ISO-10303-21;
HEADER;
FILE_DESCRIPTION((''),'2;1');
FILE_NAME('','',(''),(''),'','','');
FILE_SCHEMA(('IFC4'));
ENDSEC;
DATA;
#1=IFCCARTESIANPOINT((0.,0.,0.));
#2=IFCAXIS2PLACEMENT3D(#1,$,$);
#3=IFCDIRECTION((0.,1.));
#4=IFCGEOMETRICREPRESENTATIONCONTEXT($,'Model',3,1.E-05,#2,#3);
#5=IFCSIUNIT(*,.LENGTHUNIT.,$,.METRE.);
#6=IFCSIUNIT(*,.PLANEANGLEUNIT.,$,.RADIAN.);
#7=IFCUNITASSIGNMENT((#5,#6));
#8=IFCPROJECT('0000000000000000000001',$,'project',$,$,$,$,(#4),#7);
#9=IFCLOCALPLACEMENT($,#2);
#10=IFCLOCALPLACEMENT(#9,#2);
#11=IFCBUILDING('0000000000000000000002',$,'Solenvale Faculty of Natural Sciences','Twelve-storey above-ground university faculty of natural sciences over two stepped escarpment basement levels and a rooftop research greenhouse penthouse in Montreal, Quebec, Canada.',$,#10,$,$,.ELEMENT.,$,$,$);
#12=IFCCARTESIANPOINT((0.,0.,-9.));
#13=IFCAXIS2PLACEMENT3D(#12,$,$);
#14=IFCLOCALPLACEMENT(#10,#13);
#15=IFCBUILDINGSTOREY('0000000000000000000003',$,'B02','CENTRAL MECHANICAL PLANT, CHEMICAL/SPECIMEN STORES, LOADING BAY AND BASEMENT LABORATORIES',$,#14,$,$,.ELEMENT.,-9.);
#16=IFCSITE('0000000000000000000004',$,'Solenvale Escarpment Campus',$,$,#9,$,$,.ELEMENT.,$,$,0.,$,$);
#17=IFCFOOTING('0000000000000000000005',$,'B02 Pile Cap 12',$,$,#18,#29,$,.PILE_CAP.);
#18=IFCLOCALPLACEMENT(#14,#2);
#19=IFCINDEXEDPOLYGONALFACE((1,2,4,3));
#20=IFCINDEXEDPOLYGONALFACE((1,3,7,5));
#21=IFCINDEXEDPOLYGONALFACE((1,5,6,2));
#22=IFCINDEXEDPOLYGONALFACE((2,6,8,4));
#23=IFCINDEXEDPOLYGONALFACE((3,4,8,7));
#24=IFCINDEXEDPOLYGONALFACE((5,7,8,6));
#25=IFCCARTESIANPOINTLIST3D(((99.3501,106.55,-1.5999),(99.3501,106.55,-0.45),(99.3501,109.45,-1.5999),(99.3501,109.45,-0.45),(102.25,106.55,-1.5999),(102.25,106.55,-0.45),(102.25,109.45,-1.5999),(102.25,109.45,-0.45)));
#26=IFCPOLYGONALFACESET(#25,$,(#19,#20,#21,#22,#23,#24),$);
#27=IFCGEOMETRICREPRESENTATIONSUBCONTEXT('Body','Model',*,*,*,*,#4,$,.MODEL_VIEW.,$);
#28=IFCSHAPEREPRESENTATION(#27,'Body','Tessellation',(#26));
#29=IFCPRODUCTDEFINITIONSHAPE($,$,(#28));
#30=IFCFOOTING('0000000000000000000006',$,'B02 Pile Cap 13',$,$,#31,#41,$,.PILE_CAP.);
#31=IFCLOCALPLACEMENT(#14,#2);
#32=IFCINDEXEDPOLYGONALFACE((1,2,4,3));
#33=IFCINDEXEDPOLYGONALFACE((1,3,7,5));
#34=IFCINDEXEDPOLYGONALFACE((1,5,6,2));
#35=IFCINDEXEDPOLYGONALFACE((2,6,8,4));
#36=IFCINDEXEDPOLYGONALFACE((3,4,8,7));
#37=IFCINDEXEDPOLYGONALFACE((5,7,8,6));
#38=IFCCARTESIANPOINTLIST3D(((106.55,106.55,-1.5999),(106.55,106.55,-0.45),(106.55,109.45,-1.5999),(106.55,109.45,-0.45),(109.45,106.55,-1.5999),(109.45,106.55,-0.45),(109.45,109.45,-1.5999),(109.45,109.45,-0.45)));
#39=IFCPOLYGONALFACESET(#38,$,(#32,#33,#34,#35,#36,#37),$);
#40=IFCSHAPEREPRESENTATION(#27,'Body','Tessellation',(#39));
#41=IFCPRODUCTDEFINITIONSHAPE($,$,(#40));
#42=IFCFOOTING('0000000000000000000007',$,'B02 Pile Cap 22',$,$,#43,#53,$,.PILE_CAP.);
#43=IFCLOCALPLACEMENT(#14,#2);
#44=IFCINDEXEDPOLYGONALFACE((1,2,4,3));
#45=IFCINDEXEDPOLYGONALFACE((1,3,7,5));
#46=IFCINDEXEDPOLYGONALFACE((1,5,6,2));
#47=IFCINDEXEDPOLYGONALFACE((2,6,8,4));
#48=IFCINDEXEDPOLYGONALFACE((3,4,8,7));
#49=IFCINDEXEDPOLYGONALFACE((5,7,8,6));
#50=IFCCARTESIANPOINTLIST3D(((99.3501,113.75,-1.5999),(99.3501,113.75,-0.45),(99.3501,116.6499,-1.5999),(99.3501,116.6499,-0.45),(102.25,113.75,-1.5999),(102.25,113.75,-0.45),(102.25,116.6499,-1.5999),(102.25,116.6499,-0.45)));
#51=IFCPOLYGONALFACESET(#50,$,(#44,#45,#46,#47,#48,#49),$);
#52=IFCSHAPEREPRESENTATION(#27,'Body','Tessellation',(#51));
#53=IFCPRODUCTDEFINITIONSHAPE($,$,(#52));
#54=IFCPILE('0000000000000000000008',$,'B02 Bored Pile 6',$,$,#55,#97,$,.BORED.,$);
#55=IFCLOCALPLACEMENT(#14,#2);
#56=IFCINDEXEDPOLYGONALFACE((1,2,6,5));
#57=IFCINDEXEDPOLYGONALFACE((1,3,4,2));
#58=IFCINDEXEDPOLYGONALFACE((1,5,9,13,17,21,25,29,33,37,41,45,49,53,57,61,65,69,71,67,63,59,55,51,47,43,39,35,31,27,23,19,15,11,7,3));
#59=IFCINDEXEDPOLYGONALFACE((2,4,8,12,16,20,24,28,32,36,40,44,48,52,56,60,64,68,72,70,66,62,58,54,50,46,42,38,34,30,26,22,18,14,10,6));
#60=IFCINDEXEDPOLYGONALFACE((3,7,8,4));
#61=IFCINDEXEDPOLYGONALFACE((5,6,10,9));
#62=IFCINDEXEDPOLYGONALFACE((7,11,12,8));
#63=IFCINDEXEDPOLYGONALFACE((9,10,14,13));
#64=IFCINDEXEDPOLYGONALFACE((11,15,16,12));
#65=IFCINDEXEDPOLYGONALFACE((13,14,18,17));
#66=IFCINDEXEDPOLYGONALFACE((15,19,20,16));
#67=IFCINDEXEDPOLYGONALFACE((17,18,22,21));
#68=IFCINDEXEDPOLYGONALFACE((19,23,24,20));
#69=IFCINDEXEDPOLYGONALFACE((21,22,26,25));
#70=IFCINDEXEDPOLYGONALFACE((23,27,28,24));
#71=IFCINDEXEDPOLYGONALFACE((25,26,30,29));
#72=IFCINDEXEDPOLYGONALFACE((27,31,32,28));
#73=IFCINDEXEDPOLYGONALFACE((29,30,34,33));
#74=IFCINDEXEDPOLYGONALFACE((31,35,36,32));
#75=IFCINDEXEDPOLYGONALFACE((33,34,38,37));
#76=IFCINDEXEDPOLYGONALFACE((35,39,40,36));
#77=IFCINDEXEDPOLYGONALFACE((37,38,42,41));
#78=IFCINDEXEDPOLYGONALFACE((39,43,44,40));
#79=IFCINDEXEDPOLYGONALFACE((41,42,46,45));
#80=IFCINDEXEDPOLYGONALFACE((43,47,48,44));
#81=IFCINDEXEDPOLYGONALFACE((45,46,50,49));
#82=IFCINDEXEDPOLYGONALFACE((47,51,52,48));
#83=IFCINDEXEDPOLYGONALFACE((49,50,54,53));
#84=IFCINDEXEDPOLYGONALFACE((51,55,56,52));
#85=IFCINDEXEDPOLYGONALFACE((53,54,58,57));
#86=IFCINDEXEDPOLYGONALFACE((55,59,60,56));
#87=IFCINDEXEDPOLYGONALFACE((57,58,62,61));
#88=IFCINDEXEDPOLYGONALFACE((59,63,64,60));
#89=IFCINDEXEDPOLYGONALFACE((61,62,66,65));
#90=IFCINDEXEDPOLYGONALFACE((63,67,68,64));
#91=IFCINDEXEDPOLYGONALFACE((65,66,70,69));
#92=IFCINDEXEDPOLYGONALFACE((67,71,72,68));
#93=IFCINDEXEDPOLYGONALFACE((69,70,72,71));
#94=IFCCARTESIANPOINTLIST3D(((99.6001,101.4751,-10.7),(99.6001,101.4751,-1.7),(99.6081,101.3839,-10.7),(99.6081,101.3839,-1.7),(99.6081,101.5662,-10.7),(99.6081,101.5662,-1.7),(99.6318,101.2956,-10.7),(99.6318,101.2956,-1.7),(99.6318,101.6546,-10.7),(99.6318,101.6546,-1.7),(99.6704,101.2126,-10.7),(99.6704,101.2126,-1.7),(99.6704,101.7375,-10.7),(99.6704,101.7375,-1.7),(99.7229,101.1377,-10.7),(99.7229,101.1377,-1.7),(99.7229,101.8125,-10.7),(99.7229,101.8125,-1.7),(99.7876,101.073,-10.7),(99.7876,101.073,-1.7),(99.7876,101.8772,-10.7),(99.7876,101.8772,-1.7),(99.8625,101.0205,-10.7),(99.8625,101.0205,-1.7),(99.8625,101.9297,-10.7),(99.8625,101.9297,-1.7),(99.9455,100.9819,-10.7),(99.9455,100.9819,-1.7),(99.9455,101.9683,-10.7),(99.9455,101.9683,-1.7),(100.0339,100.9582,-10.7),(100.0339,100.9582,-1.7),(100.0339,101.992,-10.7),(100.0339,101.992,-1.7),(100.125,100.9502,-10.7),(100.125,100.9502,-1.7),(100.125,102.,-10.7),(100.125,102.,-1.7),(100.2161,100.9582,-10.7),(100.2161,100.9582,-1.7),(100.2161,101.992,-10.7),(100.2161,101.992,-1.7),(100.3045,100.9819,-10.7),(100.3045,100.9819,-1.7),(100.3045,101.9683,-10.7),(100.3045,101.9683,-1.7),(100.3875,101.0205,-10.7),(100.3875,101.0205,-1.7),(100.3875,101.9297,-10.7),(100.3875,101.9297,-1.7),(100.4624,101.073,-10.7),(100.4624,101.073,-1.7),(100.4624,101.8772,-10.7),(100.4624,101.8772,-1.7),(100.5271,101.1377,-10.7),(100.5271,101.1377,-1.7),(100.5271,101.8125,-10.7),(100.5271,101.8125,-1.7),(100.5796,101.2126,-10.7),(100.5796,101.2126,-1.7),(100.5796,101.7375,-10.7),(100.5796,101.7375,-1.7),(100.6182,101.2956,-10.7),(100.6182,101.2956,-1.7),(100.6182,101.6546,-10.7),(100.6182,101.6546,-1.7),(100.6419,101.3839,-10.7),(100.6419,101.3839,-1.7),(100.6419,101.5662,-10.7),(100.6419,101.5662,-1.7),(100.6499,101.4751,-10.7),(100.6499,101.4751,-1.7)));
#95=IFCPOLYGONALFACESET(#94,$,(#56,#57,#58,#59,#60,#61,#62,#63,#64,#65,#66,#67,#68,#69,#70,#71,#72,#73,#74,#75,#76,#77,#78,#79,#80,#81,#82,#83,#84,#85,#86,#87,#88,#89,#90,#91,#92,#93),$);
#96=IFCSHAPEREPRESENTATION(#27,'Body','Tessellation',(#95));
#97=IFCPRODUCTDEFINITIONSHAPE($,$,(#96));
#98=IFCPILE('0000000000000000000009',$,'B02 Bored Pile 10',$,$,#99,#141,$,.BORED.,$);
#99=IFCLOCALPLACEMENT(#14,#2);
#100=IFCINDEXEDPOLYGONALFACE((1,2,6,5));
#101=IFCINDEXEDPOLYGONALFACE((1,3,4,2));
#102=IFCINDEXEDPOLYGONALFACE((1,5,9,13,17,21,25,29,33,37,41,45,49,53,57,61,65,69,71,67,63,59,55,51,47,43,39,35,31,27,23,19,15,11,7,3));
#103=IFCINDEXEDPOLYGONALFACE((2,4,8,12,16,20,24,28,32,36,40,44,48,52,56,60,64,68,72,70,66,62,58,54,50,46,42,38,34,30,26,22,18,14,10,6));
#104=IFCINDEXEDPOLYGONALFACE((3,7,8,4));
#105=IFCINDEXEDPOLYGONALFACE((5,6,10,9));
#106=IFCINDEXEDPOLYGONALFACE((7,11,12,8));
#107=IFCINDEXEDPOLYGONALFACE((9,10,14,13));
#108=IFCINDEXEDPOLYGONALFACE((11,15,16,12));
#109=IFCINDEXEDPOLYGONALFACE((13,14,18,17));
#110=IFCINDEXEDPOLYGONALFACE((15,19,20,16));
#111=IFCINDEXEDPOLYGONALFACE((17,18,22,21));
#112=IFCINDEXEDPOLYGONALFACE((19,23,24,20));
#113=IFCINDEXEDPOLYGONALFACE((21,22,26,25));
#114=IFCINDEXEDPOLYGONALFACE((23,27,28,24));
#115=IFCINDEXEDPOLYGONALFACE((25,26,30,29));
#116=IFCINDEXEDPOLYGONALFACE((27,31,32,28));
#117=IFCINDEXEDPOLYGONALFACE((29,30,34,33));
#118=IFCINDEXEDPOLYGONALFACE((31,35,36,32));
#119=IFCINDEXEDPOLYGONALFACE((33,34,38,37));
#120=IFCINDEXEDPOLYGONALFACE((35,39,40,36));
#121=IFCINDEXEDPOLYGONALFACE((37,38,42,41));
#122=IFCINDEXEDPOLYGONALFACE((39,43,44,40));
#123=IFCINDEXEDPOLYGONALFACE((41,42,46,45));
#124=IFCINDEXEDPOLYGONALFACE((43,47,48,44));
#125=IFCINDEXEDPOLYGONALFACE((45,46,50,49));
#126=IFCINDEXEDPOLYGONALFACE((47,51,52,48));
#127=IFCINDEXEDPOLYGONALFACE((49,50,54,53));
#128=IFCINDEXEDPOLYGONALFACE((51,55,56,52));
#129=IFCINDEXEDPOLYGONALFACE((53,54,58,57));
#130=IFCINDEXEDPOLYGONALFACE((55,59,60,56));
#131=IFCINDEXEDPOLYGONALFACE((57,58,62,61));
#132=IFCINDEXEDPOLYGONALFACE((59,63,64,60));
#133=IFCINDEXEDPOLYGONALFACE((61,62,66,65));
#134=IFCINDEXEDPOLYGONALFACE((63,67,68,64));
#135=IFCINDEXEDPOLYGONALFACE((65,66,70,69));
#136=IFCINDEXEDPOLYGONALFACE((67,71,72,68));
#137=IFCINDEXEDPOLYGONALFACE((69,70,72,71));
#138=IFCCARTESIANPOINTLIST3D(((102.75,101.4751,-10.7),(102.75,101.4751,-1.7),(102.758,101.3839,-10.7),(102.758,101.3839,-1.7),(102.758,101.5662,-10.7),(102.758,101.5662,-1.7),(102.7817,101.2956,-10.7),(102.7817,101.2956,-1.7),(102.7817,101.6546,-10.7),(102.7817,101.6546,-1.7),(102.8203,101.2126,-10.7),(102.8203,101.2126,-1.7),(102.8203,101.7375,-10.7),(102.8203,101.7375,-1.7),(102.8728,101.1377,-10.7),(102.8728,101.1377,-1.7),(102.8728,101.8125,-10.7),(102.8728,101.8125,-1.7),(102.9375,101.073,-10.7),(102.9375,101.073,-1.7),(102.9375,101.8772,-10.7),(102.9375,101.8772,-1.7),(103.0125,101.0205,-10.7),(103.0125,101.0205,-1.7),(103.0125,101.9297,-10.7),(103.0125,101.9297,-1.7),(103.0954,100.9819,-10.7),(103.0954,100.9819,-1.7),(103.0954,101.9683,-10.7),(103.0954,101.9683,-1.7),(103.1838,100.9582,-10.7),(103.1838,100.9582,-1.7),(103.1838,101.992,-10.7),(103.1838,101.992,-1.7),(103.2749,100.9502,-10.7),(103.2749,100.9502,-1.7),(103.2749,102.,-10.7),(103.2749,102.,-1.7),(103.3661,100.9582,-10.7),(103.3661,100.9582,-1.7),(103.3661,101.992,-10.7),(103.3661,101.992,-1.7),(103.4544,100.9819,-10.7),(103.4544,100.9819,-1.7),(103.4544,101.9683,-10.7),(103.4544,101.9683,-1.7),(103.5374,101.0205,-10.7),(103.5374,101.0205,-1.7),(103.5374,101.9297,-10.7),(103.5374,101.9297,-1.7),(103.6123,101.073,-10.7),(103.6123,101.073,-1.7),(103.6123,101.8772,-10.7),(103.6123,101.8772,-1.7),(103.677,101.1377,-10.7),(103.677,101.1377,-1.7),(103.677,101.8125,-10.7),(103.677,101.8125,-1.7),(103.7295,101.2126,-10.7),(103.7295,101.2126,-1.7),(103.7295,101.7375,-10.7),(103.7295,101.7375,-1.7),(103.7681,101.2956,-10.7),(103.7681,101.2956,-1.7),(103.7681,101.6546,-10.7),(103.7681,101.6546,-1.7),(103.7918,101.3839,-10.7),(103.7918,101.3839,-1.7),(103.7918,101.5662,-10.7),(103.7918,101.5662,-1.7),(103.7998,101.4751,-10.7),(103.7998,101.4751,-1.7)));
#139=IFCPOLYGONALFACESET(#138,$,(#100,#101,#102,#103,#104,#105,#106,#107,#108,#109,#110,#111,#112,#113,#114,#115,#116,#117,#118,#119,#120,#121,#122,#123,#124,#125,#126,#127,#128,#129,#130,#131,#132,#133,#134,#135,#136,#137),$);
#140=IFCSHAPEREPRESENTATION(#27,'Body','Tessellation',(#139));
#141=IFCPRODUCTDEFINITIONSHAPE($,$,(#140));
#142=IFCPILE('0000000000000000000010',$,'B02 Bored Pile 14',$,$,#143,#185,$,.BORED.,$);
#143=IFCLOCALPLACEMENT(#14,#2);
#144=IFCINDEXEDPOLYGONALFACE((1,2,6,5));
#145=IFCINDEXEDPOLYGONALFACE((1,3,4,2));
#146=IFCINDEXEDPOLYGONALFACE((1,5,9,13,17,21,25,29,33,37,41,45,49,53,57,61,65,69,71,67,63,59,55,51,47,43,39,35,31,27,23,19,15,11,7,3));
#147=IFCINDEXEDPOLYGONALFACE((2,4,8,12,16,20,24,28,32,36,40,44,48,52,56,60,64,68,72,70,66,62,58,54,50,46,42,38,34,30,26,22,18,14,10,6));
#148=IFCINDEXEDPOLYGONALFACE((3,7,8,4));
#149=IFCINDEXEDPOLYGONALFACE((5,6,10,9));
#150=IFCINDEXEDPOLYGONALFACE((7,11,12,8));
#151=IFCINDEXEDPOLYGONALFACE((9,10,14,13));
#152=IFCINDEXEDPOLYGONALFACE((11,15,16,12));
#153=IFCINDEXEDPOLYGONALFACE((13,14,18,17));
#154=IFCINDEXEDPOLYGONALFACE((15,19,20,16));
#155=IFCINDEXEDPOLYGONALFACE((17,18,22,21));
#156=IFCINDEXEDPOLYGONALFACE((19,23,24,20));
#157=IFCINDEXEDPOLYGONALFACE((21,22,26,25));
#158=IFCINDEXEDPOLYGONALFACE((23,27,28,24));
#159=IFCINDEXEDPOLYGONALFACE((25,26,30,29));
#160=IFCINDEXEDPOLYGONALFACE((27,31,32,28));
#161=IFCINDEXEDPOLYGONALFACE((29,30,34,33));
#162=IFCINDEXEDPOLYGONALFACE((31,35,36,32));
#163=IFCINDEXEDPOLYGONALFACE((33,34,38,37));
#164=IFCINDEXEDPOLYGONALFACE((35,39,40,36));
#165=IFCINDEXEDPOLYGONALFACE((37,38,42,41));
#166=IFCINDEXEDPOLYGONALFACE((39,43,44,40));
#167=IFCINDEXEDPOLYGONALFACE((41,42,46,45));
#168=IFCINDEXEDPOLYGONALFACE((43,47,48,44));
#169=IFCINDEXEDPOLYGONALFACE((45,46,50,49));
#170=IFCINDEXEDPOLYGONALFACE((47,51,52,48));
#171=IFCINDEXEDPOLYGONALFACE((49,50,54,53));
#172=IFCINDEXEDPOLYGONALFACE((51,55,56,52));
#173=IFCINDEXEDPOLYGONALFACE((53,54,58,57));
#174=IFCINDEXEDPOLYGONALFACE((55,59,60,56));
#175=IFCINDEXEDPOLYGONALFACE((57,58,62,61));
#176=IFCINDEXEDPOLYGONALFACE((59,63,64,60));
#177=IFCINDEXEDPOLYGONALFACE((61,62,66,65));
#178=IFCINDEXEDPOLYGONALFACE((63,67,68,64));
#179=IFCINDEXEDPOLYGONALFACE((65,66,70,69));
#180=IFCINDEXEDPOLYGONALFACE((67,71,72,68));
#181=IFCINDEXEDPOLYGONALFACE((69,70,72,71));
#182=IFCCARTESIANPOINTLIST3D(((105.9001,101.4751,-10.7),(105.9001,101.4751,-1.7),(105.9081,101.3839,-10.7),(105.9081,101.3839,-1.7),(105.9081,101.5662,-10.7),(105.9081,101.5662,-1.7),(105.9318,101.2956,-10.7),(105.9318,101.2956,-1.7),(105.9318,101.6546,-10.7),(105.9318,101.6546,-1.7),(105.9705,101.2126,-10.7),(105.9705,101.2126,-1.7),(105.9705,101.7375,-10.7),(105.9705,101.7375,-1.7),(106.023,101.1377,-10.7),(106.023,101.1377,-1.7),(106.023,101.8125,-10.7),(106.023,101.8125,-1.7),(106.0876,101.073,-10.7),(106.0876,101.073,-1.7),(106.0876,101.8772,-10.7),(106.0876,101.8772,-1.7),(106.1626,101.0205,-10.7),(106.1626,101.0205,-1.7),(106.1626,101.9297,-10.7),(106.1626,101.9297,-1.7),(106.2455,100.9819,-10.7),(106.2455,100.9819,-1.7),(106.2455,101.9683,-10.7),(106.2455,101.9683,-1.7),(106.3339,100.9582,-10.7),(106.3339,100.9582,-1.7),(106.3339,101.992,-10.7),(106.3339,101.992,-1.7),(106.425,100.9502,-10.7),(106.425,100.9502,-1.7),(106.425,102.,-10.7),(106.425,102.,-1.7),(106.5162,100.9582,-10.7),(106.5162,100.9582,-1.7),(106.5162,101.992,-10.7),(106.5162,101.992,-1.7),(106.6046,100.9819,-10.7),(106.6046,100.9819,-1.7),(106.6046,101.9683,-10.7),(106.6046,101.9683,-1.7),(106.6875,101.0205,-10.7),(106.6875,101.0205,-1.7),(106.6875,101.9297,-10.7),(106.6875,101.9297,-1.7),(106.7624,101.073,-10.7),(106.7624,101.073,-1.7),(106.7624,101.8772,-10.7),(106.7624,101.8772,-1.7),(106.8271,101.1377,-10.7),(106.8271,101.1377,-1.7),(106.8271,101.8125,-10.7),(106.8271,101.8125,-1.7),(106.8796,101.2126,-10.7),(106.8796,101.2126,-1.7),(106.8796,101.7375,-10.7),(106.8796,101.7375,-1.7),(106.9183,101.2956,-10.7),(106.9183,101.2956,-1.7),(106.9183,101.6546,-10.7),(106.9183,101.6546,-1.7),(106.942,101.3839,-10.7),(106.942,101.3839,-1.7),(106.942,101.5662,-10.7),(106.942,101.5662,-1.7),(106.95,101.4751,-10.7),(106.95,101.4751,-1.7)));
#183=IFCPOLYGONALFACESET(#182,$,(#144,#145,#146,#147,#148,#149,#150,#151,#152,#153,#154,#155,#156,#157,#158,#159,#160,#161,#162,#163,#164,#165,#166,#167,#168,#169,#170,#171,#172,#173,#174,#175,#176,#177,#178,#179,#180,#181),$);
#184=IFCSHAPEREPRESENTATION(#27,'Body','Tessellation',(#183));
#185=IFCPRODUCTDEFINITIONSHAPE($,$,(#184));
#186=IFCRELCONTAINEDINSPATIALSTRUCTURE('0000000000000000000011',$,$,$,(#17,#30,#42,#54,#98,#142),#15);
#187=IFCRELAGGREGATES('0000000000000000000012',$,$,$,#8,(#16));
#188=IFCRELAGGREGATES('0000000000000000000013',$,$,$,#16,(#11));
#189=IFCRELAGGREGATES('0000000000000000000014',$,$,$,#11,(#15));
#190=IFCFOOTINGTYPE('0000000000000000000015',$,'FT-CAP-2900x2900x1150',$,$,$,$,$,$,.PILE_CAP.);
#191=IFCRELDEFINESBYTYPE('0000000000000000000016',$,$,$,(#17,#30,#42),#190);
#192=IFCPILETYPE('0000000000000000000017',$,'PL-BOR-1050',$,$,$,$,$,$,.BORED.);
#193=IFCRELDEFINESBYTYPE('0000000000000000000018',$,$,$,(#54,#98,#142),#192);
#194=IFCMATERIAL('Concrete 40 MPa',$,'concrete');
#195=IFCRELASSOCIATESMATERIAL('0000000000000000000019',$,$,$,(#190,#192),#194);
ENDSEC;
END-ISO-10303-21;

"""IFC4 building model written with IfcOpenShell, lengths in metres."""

from ifc_helpers import new_model, si_unit, direction, frame, origin, origin_2d, place, context, subcontext, project, spatial, rectangle, circle, extrude, material, material_profile, profile_set, type_object, element, save


model = new_model("IFC4")

# Units and contexts
model_context = context("Model", 3, precision=1e-05, world=origin(), true_north=direction((0.0, 1.0)))
body_context = subcontext(model_context, "Body", "Model", "MODEL_VIEW")
ifc_project = project(units=[si_unit("LENGTHUNIT", "METRE"), si_unit("PLANEANGLEUNIT", "RADIAN")], contexts=[model_context])

# Site, building, storey
site_placement = place(None, origin())
site = spatial("IfcSite", under=ifc_project, at=site_placement, Name="Solenvale Escarpment Campus", CompositionType="ELEMENT", RefElevation=0.0)
building_placement = place(site_placement, origin())
building = spatial("IfcBuilding", under=site, at=building_placement, Name="Solenvale Faculty of Natural Sciences", Description="Twelve-storey above-ground university faculty of natural sciences over two stepped escarpment basement levels and a rooftop research greenhouse penthouse in Montreal, Quebec, Canada.", CompositionType="ELEMENT")
storey_placement = place(building_placement, frame((0.0, 0.0, -9.0)))
storey = spatial("IfcBuildingStorey", under=building, at=storey_placement, Name="B02", Description="CENTRAL MECHANICAL PLANT, CHEMICAL/SPECIMEN STORES, LOADING BAY AND BASEMENT LABORATORIES", CompositionType="ELEMENT", Elevation=-9.0)

# Footings
ifc_material_1 = material(Name="Concrete 40 MPa", Category="concrete")
footing_type = type_object("IfcFootingType", Name="FT-CAP-2900x2900x1150", PredefinedType="PILE_CAP", material=ifc_material_1)
for number, where, z_axis, x_axis, name in (
    (1, (100.8, 108.0, -1.5999), (0.0, 0.0, 1.0), (1.0, 0.0, 0.0), "B02 Pile Cap 12"),
    (2, (108.0, 108.0, -1.5999), (0.0, 0.0, 1.0), (1.0, 0.0, 0.0), "B02 Pile Cap 13"),
    (3, (100.8, 115.2, -1.5999), (0.0, 0.0, 1.0), (1.0, 0.0, 0.0), "B02 Pile Cap 22"),
):
    element("IfcFooting", number, at=place(storey_placement, frame(where, z_axis=z_axis, x_axis=x_axis)), inside=storey, type_object=footing_type, Name=name, PredefinedType="PILE_CAP", context=body_context, shape_type="SweptSolid", body=[
        extrude(rectangle(XDim=2.8999, YDim=2.8999, at=origin_2d()), origin(), (0.0, 0.0, 1.0), 1.1499),
    ])

# Piles
ifc_material_profile_1 = material_profile(ifc_material_1, circle(Radius=0.5249, at=origin_2d()), Name="PILE-D1050")
ifc_profile_set_1 = profile_set([ifc_material_profile_1], Name="Concrete 40 MPa")
pile_type_1 = type_object("IfcPileType", Name="PL-BOR-1050", PredefinedType="BORED", material=ifc_profile_set_1)
for number, where, z_axis, x_axis, name in (
    (4, (100.125, 101.4751, -1.7), (0.0, 0.0, -1.0), (1.0, 0.0, 0.0), "B02 Bored Pile 6"),
    (5, (103.2749, 101.4751, -1.7), (0.0, 0.0, -1.0), (1.0, 0.0, 0.0), "B02 Bored Pile 10"),
    (6, (106.425, 101.4751, -1.7), (0.0, 0.0, -1.0), (1.0, 0.0, 0.0), "B02 Bored Pile 14"),
):
    element("IfcPile", number, at=place(storey_placement, frame(where, z_axis=z_axis, x_axis=x_axis)), inside=storey, type_object=pile_type_1, Name=name, PredefinedType="BORED", context=body_context, shape_type="SweptSolid", body=[
        extrude(circle(Radius=0.5249, at=origin_2d()), origin(), (0.0, 0.0, 1.0), 9.0),
    ])

save(model, "model.ifc")
